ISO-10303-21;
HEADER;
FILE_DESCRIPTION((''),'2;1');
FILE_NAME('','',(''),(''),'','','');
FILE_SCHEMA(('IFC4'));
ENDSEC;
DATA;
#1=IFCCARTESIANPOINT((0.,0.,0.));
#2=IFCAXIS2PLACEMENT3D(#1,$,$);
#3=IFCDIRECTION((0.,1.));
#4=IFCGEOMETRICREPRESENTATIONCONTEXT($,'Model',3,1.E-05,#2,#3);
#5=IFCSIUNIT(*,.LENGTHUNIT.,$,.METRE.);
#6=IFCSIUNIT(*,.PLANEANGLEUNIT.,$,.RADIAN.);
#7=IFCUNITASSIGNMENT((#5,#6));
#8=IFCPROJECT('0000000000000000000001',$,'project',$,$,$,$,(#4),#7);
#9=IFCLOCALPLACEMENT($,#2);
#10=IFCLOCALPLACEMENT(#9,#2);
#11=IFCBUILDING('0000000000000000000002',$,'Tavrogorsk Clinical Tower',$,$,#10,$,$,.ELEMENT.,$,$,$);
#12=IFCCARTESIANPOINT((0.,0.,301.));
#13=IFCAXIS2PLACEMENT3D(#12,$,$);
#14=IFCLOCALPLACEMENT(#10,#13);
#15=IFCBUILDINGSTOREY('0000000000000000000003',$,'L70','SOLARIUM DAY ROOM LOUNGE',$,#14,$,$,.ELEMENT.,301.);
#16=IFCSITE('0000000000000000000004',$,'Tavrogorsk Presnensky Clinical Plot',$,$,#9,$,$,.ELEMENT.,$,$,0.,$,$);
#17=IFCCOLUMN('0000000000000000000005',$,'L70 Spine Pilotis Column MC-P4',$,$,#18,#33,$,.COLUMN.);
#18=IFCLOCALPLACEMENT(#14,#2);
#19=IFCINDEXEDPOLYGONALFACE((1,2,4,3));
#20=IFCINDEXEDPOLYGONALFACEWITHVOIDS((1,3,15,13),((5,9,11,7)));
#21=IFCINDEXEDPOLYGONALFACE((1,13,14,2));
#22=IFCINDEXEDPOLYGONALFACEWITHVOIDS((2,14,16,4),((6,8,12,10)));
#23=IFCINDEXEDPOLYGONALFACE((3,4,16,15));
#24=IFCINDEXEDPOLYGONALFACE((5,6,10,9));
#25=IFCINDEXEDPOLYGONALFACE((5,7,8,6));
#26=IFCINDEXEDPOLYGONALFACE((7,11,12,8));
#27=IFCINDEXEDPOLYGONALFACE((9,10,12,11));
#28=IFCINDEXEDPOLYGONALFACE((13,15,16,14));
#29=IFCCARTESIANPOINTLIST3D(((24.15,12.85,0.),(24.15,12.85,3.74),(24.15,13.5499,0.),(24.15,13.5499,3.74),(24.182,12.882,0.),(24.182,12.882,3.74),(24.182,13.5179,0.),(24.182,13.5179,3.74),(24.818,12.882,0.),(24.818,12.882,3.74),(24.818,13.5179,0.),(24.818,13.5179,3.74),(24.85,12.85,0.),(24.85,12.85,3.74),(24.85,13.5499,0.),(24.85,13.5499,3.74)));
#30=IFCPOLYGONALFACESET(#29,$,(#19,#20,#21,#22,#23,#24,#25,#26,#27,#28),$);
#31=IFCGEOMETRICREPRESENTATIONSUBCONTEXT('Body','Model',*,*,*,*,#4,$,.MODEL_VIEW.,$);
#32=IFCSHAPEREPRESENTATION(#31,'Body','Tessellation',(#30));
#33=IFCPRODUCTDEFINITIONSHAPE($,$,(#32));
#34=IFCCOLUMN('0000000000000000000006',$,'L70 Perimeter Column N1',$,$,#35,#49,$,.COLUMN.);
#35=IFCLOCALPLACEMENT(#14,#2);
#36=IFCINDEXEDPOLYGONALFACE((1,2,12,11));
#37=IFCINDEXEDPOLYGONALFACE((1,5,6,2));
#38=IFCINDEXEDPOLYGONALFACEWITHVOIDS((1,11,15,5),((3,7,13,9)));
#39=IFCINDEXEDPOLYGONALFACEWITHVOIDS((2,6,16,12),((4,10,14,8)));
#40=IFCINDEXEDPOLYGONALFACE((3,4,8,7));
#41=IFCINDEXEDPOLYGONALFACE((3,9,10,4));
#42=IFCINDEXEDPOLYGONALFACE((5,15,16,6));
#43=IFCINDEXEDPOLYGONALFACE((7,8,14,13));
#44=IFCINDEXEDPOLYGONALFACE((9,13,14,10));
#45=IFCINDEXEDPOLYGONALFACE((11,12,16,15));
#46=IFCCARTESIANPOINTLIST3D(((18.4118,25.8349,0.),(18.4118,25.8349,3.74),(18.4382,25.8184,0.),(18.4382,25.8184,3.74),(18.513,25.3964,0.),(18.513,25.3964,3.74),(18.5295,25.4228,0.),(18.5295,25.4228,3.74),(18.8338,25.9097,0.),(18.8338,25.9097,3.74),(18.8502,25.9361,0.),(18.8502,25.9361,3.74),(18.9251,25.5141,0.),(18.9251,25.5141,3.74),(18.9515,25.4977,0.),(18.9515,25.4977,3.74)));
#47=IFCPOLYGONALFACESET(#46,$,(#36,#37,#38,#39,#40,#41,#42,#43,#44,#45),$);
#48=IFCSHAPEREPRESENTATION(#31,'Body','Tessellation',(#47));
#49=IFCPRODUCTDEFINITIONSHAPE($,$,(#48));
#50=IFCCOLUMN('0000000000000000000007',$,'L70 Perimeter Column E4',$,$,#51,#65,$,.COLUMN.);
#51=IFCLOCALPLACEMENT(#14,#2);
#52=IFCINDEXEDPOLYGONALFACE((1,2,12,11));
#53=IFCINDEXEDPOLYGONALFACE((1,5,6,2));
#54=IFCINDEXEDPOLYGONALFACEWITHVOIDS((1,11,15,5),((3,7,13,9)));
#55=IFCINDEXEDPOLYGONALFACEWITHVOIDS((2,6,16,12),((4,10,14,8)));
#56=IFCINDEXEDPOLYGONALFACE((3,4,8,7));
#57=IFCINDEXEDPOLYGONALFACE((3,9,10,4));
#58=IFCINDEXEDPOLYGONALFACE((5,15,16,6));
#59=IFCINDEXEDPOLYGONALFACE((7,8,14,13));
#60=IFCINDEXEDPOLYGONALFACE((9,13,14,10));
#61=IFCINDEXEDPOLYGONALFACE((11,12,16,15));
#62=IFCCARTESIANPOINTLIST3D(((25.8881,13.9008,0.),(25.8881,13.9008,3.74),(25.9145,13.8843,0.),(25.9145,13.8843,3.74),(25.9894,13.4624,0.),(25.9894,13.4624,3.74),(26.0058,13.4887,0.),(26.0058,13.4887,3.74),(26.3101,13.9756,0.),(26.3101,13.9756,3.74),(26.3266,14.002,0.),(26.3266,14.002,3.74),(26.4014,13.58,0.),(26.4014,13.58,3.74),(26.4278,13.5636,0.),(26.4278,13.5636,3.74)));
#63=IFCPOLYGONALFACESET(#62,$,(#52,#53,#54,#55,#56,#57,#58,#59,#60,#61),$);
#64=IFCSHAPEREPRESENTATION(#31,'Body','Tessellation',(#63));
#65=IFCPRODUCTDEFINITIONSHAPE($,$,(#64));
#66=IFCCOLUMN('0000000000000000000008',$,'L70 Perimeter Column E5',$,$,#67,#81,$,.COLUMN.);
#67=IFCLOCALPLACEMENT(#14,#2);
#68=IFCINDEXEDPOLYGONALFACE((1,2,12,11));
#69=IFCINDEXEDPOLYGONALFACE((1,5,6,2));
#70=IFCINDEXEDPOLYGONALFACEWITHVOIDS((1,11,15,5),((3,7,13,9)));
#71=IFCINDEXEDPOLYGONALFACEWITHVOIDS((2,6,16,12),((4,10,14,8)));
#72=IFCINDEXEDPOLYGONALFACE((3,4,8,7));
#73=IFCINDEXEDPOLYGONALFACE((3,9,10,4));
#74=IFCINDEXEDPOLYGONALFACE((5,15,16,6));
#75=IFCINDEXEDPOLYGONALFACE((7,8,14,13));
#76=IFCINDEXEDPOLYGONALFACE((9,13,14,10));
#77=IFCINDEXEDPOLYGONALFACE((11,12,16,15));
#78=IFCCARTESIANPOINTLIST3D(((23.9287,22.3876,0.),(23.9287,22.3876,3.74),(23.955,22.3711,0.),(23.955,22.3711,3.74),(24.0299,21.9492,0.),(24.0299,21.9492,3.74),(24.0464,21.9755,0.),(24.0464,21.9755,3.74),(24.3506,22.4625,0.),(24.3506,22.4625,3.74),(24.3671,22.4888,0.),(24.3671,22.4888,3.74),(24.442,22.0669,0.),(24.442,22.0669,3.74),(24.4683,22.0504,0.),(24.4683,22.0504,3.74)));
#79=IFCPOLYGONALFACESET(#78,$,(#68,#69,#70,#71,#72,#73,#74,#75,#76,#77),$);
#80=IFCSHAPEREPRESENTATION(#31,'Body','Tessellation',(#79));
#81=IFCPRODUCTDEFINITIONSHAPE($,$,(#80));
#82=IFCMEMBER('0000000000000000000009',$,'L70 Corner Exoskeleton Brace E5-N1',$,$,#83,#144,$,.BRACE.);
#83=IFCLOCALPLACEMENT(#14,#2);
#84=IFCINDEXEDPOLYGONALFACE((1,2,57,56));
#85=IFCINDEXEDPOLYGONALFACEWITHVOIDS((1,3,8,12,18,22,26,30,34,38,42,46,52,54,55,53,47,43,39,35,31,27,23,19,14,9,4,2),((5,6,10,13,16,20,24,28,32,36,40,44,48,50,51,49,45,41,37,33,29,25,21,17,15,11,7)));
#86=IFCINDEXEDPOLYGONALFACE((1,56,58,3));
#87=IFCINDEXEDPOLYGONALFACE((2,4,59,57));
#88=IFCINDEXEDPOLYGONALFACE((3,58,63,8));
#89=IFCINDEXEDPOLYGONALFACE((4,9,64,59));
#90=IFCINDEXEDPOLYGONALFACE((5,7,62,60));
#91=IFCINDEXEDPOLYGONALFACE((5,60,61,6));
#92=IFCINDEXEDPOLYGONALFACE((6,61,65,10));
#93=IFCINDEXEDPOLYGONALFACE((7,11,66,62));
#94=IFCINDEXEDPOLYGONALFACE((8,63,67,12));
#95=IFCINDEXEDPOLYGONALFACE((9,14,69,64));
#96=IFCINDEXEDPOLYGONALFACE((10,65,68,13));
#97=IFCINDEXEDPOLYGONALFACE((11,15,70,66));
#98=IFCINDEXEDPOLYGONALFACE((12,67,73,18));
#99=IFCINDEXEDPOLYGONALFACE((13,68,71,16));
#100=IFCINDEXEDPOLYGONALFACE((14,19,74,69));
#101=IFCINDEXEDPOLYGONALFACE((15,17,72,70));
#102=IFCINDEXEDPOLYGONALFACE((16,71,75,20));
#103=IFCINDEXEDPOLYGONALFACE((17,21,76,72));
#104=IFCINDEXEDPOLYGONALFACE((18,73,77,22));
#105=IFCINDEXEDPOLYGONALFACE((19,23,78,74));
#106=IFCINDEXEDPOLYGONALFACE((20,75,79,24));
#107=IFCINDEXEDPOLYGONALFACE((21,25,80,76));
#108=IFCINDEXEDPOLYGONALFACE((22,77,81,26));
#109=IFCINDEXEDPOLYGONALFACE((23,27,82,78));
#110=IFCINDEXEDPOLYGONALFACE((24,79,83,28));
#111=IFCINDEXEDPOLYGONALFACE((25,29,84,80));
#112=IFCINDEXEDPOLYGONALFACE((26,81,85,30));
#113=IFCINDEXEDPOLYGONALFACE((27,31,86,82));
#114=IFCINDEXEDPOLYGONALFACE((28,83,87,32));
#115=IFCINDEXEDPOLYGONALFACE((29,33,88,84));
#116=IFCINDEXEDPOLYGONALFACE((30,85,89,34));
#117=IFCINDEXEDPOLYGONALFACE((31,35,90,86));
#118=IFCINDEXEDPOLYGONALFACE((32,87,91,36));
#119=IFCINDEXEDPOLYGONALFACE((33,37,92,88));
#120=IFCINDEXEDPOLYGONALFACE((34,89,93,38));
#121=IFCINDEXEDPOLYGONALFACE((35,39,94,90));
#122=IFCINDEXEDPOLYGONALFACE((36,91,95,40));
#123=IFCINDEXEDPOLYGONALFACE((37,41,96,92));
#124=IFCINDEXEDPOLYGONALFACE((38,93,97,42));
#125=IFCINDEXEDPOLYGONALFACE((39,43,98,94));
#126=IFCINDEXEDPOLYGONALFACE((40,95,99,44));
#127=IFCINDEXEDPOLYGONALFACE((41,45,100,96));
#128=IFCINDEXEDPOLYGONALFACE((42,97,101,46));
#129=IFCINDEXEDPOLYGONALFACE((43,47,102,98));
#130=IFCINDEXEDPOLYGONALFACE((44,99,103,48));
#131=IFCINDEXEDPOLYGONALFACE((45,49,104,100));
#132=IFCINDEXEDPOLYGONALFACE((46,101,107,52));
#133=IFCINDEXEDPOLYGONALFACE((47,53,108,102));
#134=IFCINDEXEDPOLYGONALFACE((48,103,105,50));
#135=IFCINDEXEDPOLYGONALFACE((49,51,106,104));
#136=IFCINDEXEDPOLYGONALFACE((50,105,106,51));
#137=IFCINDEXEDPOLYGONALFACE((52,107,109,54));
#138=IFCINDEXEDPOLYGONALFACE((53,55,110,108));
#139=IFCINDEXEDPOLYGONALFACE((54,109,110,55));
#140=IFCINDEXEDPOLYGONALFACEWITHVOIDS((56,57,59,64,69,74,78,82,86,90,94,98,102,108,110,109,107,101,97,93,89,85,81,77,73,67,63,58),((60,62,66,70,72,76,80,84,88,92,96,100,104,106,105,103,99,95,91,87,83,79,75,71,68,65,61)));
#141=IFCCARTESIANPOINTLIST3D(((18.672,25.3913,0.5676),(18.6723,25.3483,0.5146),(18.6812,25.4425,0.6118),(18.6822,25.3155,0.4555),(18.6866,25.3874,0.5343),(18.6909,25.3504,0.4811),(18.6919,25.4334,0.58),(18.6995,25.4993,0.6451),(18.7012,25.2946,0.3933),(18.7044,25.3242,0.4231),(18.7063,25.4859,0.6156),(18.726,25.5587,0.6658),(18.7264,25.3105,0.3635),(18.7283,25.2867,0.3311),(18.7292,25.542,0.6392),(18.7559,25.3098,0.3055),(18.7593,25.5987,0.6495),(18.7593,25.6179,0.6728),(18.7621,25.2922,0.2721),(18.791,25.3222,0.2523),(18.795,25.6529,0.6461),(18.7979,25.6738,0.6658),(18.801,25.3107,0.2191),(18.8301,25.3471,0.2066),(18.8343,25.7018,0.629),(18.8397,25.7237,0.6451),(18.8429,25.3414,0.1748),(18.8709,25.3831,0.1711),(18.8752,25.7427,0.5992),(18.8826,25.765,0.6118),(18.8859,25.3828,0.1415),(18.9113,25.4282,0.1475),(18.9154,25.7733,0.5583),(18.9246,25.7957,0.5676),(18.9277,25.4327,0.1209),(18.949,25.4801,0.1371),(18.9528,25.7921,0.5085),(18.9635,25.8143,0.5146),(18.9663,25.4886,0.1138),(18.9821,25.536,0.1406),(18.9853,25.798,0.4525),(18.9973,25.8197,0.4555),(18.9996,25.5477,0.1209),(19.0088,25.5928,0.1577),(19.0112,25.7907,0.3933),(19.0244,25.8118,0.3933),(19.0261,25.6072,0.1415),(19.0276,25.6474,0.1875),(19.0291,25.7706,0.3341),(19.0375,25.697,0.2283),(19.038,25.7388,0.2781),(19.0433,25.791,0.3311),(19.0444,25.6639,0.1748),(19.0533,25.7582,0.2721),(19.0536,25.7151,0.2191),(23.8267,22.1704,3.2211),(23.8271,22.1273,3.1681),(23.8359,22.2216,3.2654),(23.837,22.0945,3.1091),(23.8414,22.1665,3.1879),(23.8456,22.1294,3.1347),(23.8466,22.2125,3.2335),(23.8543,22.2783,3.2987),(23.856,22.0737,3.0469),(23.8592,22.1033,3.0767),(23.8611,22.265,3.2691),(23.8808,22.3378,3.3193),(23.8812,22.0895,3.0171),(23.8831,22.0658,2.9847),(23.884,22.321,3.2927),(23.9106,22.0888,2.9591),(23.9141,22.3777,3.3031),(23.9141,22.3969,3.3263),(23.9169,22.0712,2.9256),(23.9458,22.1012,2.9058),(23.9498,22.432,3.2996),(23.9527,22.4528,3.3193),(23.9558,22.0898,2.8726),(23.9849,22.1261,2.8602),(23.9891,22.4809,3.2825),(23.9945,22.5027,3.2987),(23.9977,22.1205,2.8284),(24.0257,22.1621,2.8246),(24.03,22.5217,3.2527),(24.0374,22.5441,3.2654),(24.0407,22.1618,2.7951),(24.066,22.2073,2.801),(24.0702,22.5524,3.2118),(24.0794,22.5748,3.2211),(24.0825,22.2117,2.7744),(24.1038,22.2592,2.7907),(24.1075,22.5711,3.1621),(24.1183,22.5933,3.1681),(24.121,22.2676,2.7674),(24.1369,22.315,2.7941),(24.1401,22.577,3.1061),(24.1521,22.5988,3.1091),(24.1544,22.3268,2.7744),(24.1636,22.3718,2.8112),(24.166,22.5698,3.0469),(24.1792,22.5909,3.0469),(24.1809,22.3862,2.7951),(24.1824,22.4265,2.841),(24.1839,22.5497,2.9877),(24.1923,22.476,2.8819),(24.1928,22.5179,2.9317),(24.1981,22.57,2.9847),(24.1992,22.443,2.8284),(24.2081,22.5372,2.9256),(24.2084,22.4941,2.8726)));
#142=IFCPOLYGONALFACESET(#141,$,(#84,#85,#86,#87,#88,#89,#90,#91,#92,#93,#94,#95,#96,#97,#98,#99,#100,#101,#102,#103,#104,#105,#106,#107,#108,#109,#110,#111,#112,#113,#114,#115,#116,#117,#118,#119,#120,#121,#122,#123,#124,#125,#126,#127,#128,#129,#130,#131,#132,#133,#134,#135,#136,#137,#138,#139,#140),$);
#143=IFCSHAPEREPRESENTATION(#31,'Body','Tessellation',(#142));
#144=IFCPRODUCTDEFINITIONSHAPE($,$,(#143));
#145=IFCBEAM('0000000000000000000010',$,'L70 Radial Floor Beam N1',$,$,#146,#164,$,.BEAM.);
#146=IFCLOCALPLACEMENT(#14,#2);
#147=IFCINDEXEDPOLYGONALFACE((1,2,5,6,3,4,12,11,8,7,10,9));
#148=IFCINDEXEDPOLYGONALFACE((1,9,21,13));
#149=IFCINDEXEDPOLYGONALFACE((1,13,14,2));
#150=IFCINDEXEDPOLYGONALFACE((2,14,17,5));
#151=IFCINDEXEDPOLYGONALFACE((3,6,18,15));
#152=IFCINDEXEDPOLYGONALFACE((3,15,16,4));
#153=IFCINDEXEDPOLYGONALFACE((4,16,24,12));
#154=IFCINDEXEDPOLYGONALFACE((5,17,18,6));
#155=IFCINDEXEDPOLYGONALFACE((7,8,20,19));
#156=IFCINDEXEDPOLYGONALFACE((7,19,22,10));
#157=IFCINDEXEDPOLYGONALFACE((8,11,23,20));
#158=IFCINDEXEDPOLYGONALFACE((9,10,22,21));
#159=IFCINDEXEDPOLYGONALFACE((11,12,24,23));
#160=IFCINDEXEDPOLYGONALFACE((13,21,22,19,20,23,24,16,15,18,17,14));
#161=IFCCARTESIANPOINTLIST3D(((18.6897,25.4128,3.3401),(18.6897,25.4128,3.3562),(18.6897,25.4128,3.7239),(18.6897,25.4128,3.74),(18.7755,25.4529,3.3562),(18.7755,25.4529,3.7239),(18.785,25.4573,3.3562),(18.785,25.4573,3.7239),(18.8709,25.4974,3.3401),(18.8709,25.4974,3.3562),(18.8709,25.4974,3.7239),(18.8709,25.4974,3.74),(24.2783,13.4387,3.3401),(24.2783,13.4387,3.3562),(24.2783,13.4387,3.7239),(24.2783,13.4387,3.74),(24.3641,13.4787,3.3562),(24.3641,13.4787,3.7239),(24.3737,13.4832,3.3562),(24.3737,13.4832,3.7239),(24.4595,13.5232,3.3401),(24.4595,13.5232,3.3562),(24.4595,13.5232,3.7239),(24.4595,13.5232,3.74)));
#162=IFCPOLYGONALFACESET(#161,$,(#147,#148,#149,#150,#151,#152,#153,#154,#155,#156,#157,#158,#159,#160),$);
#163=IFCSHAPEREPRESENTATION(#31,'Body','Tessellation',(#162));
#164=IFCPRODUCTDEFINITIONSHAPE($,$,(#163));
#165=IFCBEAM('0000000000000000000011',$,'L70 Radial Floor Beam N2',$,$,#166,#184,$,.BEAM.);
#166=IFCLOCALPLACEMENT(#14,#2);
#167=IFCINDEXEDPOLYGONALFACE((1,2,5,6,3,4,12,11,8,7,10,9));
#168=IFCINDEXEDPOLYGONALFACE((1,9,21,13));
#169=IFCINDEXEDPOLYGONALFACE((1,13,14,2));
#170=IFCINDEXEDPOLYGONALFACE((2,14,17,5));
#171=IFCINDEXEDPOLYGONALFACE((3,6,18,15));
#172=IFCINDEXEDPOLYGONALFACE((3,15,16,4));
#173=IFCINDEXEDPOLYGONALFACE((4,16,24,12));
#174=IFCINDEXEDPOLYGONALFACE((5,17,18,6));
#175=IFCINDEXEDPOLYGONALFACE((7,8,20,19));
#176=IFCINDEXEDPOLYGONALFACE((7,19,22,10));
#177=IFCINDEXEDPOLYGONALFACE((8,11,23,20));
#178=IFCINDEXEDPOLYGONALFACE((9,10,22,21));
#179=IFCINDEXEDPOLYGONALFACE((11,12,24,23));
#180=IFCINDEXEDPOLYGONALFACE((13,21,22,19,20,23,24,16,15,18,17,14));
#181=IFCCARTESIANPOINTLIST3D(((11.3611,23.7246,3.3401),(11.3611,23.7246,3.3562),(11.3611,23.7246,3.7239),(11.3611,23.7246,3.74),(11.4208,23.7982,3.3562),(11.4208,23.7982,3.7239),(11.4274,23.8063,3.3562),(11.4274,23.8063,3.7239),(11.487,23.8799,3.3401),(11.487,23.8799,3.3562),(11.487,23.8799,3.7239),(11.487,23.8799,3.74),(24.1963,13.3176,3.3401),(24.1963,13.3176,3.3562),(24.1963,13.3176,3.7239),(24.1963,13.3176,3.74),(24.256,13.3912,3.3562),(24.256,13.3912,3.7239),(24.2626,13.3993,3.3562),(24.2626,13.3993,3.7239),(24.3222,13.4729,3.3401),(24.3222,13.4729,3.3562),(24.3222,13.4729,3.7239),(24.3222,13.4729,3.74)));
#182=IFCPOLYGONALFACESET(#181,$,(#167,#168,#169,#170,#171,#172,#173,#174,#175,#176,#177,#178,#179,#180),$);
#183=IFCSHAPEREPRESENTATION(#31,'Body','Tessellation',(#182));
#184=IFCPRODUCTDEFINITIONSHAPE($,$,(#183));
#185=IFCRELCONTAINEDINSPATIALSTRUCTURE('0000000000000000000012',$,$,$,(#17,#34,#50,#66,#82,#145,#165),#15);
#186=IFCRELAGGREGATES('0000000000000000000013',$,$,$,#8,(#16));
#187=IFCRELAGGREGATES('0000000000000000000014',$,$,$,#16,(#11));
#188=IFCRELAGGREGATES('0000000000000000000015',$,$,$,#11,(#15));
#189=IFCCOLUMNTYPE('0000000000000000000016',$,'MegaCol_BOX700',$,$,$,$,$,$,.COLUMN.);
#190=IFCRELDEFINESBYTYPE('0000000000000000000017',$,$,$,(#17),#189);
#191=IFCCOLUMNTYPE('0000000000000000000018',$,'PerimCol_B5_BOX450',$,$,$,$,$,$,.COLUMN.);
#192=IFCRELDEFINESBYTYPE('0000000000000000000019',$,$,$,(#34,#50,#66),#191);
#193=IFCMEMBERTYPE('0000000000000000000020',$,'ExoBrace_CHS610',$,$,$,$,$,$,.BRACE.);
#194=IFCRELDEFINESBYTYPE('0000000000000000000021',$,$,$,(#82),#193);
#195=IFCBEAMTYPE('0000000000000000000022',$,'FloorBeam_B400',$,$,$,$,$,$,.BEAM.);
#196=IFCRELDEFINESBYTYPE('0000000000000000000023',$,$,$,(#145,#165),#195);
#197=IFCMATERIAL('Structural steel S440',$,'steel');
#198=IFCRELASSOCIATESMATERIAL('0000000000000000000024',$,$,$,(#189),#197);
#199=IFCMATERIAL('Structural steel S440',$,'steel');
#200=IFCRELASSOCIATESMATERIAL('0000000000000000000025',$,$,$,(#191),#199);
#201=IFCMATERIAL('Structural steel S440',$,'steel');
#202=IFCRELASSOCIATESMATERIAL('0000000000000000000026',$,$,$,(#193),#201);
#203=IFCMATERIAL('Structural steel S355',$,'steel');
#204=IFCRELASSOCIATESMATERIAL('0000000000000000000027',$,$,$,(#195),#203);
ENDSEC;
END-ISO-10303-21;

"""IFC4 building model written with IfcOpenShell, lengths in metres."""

from ifc_helpers import new_model, si_unit, direction, frame, origin, origin_2d, place, context, subcontext, project, spatial, hollow_rectangle, hollow_circle, i_section, extrude, material, material_profile, profile_set, type_object, element, save


model = new_model("IFC4")

# Units and contexts
model_context = context("Model", 3, precision=1e-05, world=origin(), true_north=direction((0.0, 1.0)))
body_context = subcontext(model_context, "Body", "Model", "MODEL_VIEW")
ifc_project = project(units=[si_unit("LENGTHUNIT", "METRE"), si_unit("PLANEANGLEUNIT", "RADIAN")], contexts=[model_context])

# Site, building, storey
site_placement = place(None, origin())
site = spatial("IfcSite", under=ifc_project, at=site_placement, Name="Tavrogorsk Presnensky Clinical Plot", CompositionType="ELEMENT", RefElevation=0.0)
building_placement = place(site_placement, origin())
building = spatial("IfcBuilding", under=site, at=building_placement, Name="Tavrogorsk Clinical Tower", CompositionType="ELEMENT")
storey_placement = place(building_placement, frame((0.0, 0.0, 301.0)))
storey = spatial("IfcBuildingStorey", under=building, at=storey_placement, Name="L70", Description="SOLARIUM DAY ROOM LOUNGE", CompositionType="ELEMENT", Elevation=301.0)

# Columns
ifc_material_1 = material(Name="Structural steel S440", Category="steel")
ifc_material_profile_1 = material_profile(ifc_material_1, hollow_rectangle(XDim=0.7, YDim=0.7, WallThickness=0.032, at=origin_2d()), Name="BOX-700x700x32")
ifc_profile_set_1 = profile_set([ifc_material_profile_1], Name="Structural steel S440")
column_type_1 = type_object("IfcColumnType", Name="MegaCol_BOX700", PredefinedType="COLUMN", material=ifc_profile_set_1)
column_placement = place(storey_placement, frame((24.5, 13.2, 0.0), z_axis=(0.0, 0.0, 1.0), x_axis=(1.0, 0.0, 0.0)))
element("IfcColumn", 1, at=column_placement, inside=storey, type_object=column_type_1, Name="L70 Spine Pilotis Column MC-P4", PredefinedType="COLUMN", context=body_context, shape_type="SweptSolid", body=[
    extrude(hollow_rectangle(XDim=0.7, YDim=0.7, WallThickness=0.032, at=origin_2d()), origin(), (0.0, 0.0, 1.0), 3.74),
])
ifc_material_2 = material(Name="Structural steel S440", Category="steel")
ifc_material_profile_2 = material_profile(ifc_material_2, hollow_rectangle(XDim=0.45, YDim=0.45, WallThickness=0.022, at=origin_2d()), Name="BOX-450x450x22")
ifc_profile_set_2 = profile_set([ifc_material_profile_2], Name="Structural steel S440")
column_type_2 = type_object("IfcColumnType", Name="PerimCol_B5_BOX450", PredefinedType="COLUMN", material=ifc_profile_set_2)
for number, where, z_axis, x_axis, name in (
    (2, (18.6816, 25.6663, 0.0), (0.0, 0.0, 1.0), (0.97437, 0.224951, 0.0), "L70 Perimeter Column N1"),
    (3, (26.158, 13.7322, 0.0), (0.0, 0.0, 1.0), (0.97437, 0.224951, 0.0), "L70 Perimeter Column E4"),
    (4, (24.1985, 22.219, 0.0), (0.0, 0.0, 1.0), (0.97437, 0.224951, 0.0), "L70 Perimeter Column E5"),
):
    element("IfcColumn", number, at=place(storey_placement, frame(where, z_axis=z_axis, x_axis=x_axis)), inside=storey, type_object=column_type_2, Name=name, PredefinedType="COLUMN", context=body_context, shape_type="SweptSolid", body=[
        extrude(hollow_rectangle(XDim=0.45, YDim=0.45, WallThickness=0.022, at=origin_2d()), origin(), (0.0, 0.0, 1.0), 3.74),
    ])

# Member
ifc_material_3 = material(Name="Structural steel S440", Category="steel")
ifc_material_profile_3 = material_profile(ifc_material_3, hollow_circle(Radius=0.3049, WallThickness=0.0249, at=origin_2d()), Name="CHS-610x25")
ifc_profile_set_3 = profile_set([ifc_material_profile_3], Name="Structural steel S440")
member_type_1 = type_object("IfcMemberType", Name="ExoBrace_CHS610", PredefinedType="BRACE", material=ifc_profile_set_3)
member_placement = place(storey_placement, frame((18.8628, 25.5532, 0.3933), z_axis=(0.777222, -0.485644, 0.400096), x_axis=(0.529905, 0.848057, 0.0)))
element("IfcMember", 5, at=member_placement, inside=storey, type_object=member_type_1, Name="L70 Corner Exoskeleton Brace E5-N1", PredefinedType="BRACE", context=body_context, shape_type="SweptSolid", body=[
    extrude(hollow_circle(Radius=0.3049, WallThickness=0.0249, at=origin_2d()), origin(), (0.0, 0.0, 1.0), 6.6323),
])

# Beams
ifc_material_4 = material(Name="Structural steel S355", Category="steel")
ifc_material_profile_4 = material_profile(ifc_material_4, i_section(OverallWidth=0.2, OverallDepth=0.3999, WebThickness=0.0105, FlangeThickness=0.0161, at=origin_2d()), Name="B-400x200x10.5x16")
ifc_profile_set_4 = profile_set([ifc_material_profile_4], Name="Structural steel S355")
beam_type_1 = type_object("IfcBeamType", Name="FloorBeam_B400", PredefinedType="BEAM", material=ifc_profile_set_4)
beam_1_placement = place(storey_placement, frame((24.3689, 13.481, 3.54), z_axis=(-0.422929, 0.906163, 0.0), x_axis=(-0.906163, -0.422929, 0.0)))
element("IfcBeam", 6, at=beam_1_placement, inside=storey, type_object=beam_type_1, Name="L70 Radial Floor Beam N1", PredefinedType="BEAM", context=body_context, shape_type="SweptSolid", body=[
    extrude(i_section(OverallWidth=0.2, OverallDepth=0.3999, WebThickness=0.0105, FlangeThickness=0.0161, at=origin_2d()), origin(), (0.0, 0.0, 1.0), 13.2141),
])
beam_2_placement = place(storey_placement, frame((24.2593, 13.3953, 3.54), z_axis=(-0.776754, 0.629804, 0.0), x_axis=(-0.629804, -0.776754, 0.0)))
element("IfcBeam", 7, at=beam_2_placement, inside=storey, type_object=beam_type_1, Name="L70 Radial Floor Beam N2", PredefinedType="BEAM", context=body_context, shape_type="SweptSolid", body=[
    extrude(i_section(OverallWidth=0.2, OverallDepth=0.3999, WebThickness=0.0105, FlangeThickness=0.0161, at=origin_2d()), origin(), (0.0, 0.0, 1.0), 16.5242),
])

save(model, "model.ifc")
